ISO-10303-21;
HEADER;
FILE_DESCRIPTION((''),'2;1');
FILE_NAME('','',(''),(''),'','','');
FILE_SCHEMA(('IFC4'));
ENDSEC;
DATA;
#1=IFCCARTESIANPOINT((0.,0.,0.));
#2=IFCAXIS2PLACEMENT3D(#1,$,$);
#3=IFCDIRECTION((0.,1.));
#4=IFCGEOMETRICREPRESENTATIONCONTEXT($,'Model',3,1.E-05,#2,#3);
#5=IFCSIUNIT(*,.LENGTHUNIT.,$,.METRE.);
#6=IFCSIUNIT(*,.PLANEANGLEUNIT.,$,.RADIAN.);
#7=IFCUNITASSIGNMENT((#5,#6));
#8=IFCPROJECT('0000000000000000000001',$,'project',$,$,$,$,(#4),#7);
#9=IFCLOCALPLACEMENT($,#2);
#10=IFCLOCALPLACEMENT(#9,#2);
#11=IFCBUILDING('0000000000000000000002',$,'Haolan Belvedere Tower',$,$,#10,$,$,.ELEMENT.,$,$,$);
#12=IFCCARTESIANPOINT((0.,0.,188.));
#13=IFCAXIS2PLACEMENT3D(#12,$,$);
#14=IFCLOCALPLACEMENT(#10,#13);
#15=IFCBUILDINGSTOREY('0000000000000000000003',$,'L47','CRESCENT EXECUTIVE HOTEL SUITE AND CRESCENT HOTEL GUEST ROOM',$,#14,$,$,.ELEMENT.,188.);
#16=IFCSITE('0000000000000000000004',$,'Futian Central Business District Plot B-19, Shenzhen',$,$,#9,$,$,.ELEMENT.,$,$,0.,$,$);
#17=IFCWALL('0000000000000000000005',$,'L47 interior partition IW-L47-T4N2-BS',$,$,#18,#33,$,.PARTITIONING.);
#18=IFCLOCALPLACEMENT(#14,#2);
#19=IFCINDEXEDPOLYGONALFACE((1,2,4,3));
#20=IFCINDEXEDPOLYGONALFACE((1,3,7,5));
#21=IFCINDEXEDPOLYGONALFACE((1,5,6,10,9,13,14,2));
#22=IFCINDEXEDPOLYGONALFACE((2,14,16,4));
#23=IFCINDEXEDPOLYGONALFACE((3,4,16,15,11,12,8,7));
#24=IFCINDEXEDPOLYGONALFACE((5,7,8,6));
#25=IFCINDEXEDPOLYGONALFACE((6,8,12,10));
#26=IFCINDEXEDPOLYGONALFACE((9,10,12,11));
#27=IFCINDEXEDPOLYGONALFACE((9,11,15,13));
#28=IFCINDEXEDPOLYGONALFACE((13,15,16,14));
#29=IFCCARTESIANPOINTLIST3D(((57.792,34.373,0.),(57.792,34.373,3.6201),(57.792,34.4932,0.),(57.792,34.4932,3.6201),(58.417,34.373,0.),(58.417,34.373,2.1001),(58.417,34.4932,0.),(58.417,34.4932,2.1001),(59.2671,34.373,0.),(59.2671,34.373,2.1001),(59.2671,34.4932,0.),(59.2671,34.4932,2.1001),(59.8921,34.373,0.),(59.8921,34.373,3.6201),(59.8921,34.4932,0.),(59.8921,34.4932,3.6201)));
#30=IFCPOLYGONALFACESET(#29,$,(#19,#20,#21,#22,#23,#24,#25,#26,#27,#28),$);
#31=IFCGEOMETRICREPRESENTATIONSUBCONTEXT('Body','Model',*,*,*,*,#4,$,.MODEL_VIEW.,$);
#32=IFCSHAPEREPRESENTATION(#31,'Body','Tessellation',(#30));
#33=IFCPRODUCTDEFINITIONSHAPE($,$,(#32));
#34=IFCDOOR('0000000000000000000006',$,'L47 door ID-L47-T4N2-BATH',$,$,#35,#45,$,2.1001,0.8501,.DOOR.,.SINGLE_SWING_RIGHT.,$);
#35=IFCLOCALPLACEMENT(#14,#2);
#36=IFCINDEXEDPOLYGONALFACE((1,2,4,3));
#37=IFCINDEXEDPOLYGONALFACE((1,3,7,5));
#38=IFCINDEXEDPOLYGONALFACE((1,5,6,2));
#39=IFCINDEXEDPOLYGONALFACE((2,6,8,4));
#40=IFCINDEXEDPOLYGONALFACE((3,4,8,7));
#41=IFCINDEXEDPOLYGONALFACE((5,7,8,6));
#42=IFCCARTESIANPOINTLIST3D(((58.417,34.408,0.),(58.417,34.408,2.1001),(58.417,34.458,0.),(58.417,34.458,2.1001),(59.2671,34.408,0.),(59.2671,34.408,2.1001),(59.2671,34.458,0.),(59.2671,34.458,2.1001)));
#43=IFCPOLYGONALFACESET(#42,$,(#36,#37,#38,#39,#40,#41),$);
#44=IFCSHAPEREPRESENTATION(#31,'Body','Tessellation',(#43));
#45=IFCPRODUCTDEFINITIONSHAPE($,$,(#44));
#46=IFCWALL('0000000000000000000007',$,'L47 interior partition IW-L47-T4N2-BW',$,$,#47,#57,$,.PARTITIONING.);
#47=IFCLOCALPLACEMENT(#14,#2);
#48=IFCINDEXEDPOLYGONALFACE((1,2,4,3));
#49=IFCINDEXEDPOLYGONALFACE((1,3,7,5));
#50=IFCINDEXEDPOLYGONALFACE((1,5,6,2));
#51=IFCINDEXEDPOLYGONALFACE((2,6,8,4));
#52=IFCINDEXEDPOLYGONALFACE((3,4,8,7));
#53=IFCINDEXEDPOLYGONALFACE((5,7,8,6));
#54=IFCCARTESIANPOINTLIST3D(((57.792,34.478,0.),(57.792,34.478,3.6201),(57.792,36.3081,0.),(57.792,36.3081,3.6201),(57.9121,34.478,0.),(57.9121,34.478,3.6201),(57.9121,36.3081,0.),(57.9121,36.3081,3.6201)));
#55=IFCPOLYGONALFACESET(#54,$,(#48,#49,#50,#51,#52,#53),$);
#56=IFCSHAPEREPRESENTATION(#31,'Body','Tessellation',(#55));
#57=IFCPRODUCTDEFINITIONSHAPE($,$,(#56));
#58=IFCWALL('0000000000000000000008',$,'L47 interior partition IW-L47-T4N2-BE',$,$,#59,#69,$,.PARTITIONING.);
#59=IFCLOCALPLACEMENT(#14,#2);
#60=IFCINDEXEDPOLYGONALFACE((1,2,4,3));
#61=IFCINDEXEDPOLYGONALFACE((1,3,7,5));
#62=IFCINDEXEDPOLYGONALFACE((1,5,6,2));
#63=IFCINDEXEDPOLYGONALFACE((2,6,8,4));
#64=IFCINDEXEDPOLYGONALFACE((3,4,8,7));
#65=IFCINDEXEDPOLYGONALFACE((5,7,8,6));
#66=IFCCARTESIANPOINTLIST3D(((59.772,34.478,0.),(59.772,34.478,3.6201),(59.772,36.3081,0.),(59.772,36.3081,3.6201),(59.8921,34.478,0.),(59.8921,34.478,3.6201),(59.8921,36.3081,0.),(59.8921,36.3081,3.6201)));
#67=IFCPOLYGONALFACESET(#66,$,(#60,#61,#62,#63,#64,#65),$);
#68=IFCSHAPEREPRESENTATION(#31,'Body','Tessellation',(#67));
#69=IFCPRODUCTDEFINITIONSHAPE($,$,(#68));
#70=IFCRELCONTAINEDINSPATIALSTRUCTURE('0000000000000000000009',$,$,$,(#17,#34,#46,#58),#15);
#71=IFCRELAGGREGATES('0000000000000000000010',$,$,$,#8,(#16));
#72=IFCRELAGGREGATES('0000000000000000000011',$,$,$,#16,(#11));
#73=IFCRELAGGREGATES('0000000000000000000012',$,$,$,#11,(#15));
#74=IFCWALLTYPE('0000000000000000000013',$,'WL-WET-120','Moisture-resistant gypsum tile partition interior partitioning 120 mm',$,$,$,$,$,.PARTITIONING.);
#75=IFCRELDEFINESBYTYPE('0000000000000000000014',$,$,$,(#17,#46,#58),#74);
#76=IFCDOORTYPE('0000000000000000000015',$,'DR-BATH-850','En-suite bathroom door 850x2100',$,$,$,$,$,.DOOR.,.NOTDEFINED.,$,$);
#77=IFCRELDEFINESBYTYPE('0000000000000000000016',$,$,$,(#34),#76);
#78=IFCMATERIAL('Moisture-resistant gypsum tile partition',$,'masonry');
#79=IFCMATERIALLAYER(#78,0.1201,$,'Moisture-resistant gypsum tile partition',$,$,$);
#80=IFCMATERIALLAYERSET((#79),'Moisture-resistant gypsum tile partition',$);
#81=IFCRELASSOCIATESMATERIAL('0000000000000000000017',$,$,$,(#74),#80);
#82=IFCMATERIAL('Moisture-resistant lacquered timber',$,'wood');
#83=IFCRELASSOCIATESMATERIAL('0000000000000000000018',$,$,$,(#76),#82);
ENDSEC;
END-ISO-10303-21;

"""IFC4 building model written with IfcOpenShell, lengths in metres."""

from ifc_helpers import new_model, si_unit, direction, frame, frame_2d, origin, place, context, subcontext, project, spatial, rectangle, extrude, material, layer, layer_set, type_object, element, fill, save


model = new_model("IFC4")

# Units and contexts
model_context = context("Model", 3, precision=1e-05, world=origin(), true_north=direction((0.0, 1.0)))
body_context = subcontext(model_context, "Body", "Model", "MODEL_VIEW")
ifc_project = project(units=[si_unit("LENGTHUNIT", "METRE"), si_unit("PLANEANGLEUNIT", "RADIAN")], contexts=[model_context])

# Site, building, storey
site_placement = place(None, origin())
site = spatial("IfcSite", under=ifc_project, at=site_placement, Name="Futian Central Business District Plot B-19, Shenzhen", CompositionType="ELEMENT", RefElevation=0.0)
building_placement = place(site_placement, origin())
building = spatial("IfcBuilding", under=site, at=building_placement, Name="Haolan Belvedere Tower", CompositionType="ELEMENT")
storey_placement = place(building_placement, frame((0.0, 0.0, 188.0)))
storey = spatial("IfcBuildingStorey", under=building, at=storey_placement, Name="L47", Description="CRESCENT EXECUTIVE HOTEL SUITE AND CRESCENT HOTEL GUEST ROOM", CompositionType="ELEMENT", Elevation=188.0)

# Shared definitions
ifc_material_1 = material(Name="Moisture-resistant gypsum tile partition", Category="masonry")
ifc_layer_1 = layer(ifc_material_1, 0.1201, Name="Moisture-resistant gypsum tile partition")
ifc_layer_set_1 = layer_set([ifc_layer_1], Name="Moisture-resistant gypsum tile partition")
wall_type_1 = type_object("IfcWallType", Name="WL-WET-120", Description="Moisture-resistant gypsum tile partition interior partitioning 120 mm", PredefinedType="PARTITIONING", material=ifc_layer_set_1)

# Wall, opening, door
wall_1_placement = place(storey_placement, frame((57.792, 34.4331, 0.0), z_axis=(0.0, 0.0, 1.0), x_axis=(1.0, 0.0, 0.0)))
wall_1 = element("IfcWall", 1, at=wall_1_placement, inside=storey, type_object=wall_type_1, Name="L47 interior partition IW-L47-T4N2-BS", PredefinedType="PARTITIONING", context=body_context, shape_type="SweptSolid", body=[
    extrude(rectangle(XDim=2.1001, YDim=0.1201, at=frame_2d((1.05, 0.0))), origin(), (0.0, 0.0, 1.0), 3.6201),
])
opening_1_placement = place(wall_1_placement, frame((0.625, 0.0, 0.0)))
opening_1 = element("IfcOpeningElement", 2, at=opening_1_placement, cuts=wall_1, PredefinedType="OPENING", context=body_context, shape_type="SweptSolid", body=[
    extrude(rectangle(XDim=0.8501, YDim=2.1001, at=frame_2d((0.425, 1.05))), frame((0.0, 0.0701, 0.0), z_axis=(0.0, -1.0, 0.0), x_axis=(1.0, 0.0, 0.0)), (0.0, 0.0, 1.0), 0.1401),
])
ifc_material_2 = material(Name="Moisture-resistant lacquered timber", Category="wood")
door_type = type_object("IfcDoorType", Name="DR-BATH-850", Description="En-suite bathroom door 850x2100", OperationType="NOTDEFINED", PredefinedType="DOOR", material=ifc_material_2)
door_placement = place(opening_1_placement, origin())
door = element("IfcDoor", 3, at=door_placement, inside=storey, type_object=door_type, Name="L47 door ID-L47-T4N2-BATH", OperationType="SINGLE_SWING_RIGHT", OverallHeight=2.1001, OverallWidth=0.8501, PredefinedType="DOOR", context=body_context, shape_type="SweptSolid", body=[
    extrude(rectangle(XDim=0.8501, YDim=2.1001, at=frame_2d((0.425, 1.05))), frame((0.0, 0.0249, 0.0), z_axis=(0.0, -1.0, 0.0), x_axis=(1.0, 0.0, 0.0)), (0.0, 0.0, 1.0), 0.05),
])
fill(opening_1, door)

# Walls
for number, where, z_axis, x_axis, name in (
    (4, (57.8521, 34.478, 0.0), (0.0, 0.0, 1.0), (0.0, 1.0, 0.0), "L47 interior partition IW-L47-T4N2-BW"),
    (5, (59.832, 34.478, 0.0), (0.0, 0.0, 1.0), (0.0, 1.0, 0.0), "L47 interior partition IW-L47-T4N2-BE"),
):
    element("IfcWall", number, at=place(storey_placement, frame(where, z_axis=z_axis, x_axis=x_axis)), inside=storey, type_object=wall_type_1, Name=name, PredefinedType="PARTITIONING", context=body_context, shape_type="SweptSolid", body=[
        extrude(rectangle(XDim=1.8301, YDim=0.1201, at=frame_2d((0.915, 0.0))), origin(), (0.0, 0.0, 1.0), 3.6201),
    ])

save(model, "model.ifc")
